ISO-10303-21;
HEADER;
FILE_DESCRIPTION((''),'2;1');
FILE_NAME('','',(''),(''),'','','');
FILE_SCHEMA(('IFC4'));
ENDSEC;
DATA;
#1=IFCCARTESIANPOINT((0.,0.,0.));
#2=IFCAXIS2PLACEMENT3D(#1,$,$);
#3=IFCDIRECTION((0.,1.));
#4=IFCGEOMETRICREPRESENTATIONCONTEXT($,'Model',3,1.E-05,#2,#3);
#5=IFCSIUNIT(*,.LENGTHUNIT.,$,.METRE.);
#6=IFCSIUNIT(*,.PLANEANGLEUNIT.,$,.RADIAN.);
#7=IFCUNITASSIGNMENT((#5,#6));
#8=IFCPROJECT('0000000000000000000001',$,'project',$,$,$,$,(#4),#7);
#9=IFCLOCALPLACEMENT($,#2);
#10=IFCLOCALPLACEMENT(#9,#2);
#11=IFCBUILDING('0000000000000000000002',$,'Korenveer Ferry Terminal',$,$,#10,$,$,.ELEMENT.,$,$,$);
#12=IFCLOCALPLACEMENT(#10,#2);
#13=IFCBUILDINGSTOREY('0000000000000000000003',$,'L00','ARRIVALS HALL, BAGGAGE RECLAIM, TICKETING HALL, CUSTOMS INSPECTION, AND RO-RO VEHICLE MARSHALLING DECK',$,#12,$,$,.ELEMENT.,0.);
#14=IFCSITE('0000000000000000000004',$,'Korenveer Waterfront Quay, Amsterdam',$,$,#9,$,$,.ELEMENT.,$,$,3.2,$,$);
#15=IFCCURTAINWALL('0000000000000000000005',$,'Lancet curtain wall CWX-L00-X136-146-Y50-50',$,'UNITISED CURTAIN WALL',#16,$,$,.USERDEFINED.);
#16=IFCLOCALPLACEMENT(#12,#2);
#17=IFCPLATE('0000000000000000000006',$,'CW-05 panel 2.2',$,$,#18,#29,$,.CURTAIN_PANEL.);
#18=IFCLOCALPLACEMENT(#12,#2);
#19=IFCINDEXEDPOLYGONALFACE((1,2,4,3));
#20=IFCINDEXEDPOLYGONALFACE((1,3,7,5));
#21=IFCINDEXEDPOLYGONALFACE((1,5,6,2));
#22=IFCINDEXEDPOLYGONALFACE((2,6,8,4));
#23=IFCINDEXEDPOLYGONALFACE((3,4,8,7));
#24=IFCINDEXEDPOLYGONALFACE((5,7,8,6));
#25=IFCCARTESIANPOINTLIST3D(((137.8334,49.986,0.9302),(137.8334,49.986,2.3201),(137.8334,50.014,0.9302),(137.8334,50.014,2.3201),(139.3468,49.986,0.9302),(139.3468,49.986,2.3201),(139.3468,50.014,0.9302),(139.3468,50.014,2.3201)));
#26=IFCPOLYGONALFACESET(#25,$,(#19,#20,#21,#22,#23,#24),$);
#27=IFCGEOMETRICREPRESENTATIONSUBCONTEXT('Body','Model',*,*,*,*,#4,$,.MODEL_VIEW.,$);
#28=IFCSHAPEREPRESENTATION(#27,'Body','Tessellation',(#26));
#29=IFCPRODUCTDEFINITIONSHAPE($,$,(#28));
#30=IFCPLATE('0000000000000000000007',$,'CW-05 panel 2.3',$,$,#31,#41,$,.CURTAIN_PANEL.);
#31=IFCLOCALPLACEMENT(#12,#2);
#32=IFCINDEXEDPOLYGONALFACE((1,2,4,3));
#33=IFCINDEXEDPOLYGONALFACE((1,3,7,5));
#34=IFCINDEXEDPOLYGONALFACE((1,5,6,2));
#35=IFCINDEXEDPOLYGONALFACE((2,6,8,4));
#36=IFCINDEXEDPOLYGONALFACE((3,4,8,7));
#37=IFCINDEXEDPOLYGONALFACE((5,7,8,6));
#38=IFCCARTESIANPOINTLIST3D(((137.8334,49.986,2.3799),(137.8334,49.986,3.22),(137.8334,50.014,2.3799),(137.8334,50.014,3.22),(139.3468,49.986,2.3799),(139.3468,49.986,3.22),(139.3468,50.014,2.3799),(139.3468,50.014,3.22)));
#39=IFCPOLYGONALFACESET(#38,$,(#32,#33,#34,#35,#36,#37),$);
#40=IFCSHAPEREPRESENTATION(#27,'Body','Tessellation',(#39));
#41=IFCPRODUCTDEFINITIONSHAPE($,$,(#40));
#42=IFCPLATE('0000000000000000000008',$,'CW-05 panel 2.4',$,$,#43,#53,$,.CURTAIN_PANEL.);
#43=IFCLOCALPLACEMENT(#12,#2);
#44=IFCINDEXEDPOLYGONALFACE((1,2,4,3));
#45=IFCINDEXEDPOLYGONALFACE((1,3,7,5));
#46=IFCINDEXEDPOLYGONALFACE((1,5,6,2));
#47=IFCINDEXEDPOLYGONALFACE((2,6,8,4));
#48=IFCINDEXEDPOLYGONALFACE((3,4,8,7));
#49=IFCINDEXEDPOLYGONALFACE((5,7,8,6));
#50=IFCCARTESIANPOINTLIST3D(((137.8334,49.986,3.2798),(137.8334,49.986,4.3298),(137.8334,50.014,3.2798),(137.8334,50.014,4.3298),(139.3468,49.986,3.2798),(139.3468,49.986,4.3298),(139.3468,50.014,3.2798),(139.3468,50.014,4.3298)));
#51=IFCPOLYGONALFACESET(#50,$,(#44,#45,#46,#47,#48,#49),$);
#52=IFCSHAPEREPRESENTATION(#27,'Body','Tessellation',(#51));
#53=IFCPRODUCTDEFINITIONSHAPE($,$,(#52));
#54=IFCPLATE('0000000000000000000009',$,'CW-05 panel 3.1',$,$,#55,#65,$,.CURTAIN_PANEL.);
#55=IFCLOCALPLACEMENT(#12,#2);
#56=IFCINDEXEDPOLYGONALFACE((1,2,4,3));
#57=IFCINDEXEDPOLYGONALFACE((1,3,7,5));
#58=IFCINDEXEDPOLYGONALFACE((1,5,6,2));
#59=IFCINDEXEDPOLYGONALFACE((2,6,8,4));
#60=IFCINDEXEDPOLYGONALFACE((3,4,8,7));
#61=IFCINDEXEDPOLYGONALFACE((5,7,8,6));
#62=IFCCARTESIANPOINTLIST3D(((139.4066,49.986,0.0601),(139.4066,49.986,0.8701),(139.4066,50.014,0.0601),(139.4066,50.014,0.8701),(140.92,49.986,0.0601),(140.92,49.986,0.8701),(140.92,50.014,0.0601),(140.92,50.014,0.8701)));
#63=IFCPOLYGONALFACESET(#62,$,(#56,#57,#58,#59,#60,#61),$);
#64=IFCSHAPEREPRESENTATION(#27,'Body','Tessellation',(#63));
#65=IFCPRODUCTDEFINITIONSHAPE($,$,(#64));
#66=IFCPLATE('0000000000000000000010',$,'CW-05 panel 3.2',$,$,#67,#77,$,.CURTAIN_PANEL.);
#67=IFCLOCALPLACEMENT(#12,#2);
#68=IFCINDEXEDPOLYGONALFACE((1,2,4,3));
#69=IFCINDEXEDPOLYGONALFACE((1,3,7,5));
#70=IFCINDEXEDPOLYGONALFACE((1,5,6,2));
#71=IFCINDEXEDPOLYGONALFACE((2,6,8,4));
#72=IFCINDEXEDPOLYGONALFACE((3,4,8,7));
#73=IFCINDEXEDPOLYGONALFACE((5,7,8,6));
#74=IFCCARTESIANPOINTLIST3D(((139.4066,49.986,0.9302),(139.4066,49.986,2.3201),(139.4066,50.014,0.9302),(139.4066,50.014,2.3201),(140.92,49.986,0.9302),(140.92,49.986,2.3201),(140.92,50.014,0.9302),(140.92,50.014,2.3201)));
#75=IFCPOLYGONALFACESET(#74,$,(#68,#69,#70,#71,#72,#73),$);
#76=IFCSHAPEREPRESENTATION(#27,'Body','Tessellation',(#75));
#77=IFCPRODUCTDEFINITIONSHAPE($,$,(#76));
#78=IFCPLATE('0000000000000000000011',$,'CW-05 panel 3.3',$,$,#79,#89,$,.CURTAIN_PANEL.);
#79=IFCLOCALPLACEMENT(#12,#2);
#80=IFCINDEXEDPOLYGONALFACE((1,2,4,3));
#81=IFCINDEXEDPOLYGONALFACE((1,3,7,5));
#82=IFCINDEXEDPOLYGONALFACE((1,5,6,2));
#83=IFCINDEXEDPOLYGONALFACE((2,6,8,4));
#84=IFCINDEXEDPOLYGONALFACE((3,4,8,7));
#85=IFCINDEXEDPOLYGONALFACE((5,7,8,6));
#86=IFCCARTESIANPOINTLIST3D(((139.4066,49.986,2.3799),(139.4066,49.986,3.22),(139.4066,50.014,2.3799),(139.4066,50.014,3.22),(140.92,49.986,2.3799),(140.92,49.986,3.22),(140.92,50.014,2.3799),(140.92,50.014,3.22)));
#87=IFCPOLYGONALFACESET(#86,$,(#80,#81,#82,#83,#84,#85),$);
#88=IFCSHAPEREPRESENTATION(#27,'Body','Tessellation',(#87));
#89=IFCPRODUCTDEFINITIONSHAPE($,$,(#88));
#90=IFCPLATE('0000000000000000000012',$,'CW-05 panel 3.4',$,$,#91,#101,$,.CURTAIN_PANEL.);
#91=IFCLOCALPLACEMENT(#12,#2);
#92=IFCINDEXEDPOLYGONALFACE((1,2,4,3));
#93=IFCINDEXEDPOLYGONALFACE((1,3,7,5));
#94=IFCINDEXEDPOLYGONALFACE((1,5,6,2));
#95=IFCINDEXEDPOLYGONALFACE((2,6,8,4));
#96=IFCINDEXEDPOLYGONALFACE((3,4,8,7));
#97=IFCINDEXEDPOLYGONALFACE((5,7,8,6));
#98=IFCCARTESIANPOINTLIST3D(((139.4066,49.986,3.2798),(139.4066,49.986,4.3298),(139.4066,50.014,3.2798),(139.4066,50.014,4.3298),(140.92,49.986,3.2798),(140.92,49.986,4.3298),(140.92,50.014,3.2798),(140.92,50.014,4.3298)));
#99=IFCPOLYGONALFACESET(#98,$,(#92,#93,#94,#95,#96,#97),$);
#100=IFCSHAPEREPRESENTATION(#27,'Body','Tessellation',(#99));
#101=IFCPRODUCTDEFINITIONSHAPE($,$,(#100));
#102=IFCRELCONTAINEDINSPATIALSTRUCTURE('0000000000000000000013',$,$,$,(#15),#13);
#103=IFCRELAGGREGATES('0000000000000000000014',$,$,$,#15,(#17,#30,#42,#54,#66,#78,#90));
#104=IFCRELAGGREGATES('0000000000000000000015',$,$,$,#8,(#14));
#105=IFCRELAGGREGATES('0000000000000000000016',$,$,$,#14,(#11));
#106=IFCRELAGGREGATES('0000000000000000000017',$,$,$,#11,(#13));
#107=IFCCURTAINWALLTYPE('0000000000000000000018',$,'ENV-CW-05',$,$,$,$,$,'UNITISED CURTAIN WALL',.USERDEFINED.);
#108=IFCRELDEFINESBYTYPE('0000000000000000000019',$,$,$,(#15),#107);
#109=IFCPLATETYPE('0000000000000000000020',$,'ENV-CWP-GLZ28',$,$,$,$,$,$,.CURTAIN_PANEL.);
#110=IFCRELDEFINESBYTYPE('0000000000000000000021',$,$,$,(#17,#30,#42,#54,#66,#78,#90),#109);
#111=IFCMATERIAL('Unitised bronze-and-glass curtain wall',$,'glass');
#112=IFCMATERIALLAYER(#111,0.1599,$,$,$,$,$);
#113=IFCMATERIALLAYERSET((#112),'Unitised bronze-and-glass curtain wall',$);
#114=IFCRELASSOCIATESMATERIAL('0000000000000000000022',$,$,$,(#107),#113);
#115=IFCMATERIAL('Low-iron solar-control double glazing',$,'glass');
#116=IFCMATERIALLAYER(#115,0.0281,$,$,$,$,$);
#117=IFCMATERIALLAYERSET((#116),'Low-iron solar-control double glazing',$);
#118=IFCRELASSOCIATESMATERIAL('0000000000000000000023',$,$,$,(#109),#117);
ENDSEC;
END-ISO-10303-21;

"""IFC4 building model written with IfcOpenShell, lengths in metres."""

from ifc_helpers import new_model, si_unit, direction, frame, origin, origin_2d, place, context, subcontext, project, spatial, rectangle, extrude, material, layer, layer_set, type_object, element, aggregate, save


model = new_model("IFC4")

# Units and contexts
model_context = context("Model", 3, precision=1e-05, world=origin(), true_north=direction((0.0, 1.0)))
body_context = subcontext(model_context, "Body", "Model", "MODEL_VIEW")
ifc_project = project(units=[si_unit("LENGTHUNIT", "METRE"), si_unit("PLANEANGLEUNIT", "RADIAN")], contexts=[model_context])

# Site, building, storey
site_placement = place(None, origin())
site = spatial("IfcSite", under=ifc_project, at=site_placement, Name="Korenveer Waterfront Quay, Amsterdam", CompositionType="ELEMENT", RefElevation=3.2)
building_placement = place(site_placement, origin())
building = spatial("IfcBuilding", under=site, at=building_placement, Name="Korenveer Ferry Terminal", CompositionType="ELEMENT")
storey_placement = place(building_placement, origin())
storey = spatial("IfcBuildingStorey", under=building, at=storey_placement, Name="L00", Description="ARRIVALS HALL, BAGGAGE RECLAIM, TICKETING HALL, CUSTOMS INSPECTION, AND RO-RO VEHICLE MARSHALLING DECK", CompositionType="ELEMENT", Elevation=0.0)

# Curtain wall, plates
ifc_material_1 = material(Name="Unitised bronze-and-glass curtain wall", Category="glass")
ifc_layer_1 = layer(ifc_material_1, 0.1599)
ifc_layer_set_1 = layer_set([ifc_layer_1], Name="Unitised bronze-and-glass curtain wall")
curtain_wall_type = type_object("IfcCurtainWallType", Name="ENV-CW-05", ElementType="UNITISED CURTAIN WALL", PredefinedType="USERDEFINED", material=ifc_layer_set_1)
curtain_wall_placement = place(storey_placement, frame((136.23, 50.0, 0.0)))
curtain_wall = element("IfcCurtainWall", 1, at=curtain_wall_placement, inside=storey, type_object=curtain_wall_type, Name="Lancet curtain wall CWX-L00-X136-146-Y50-50", ObjectType="UNITISED CURTAIN WALL", PredefinedType="USERDEFINED")
ifc_material_2 = material(Name="Low-iron solar-control double glazing", Category="glass")
ifc_layer_2 = layer(ifc_material_2, 0.0281)
ifc_layer_set_2 = layer_set([ifc_layer_2], Name="Low-iron solar-control double glazing")
plate_type = type_object("IfcPlateType", Name="ENV-CWP-GLZ28", PredefinedType="CURTAIN_PANEL", material=ifc_layer_set_2)
plate_1_placement = place(storey_placement, frame((138.5901, 50.0, 0.9302), z_axis=(0.0, 0.0, 1.0), x_axis=(1.0, 0.0, 0.0)))
plate_1 = element("IfcPlate", 2, at=plate_1_placement, type_object=plate_type, Name="CW-05 panel 2.2", PredefinedType="CURTAIN_PANEL", context=body_context, shape_type="SweptSolid", body=[
    extrude(rectangle(XDim=1.5134, YDim=0.0281, at=origin_2d()), origin(), (0.0, 0.0, 1.0), 1.3899),
])
plate_2_placement = place(storey_placement, frame((138.5901, 50.0, 2.3799), z_axis=(0.0, 0.0, 1.0), x_axis=(1.0, 0.0, 0.0)))
plate_2 = element("IfcPlate", 3, at=plate_2_placement, type_object=plate_type, Name="CW-05 panel 2.3", PredefinedType="CURTAIN_PANEL", context=body_context, shape_type="SweptSolid", body=[
    extrude(rectangle(XDim=1.5134, YDim=0.0281, at=origin_2d()), origin(), (0.0, 0.0, 1.0), 0.8401),
])
plate_3_placement = place(storey_placement, frame((138.5901, 50.0, 3.2798), z_axis=(0.0, 0.0, 1.0), x_axis=(1.0, 0.0, 0.0)))
plate_3 = element("IfcPlate", 4, at=plate_3_placement, type_object=plate_type, Name="CW-05 panel 2.4", PredefinedType="CURTAIN_PANEL", context=body_context, shape_type="SweptSolid", body=[
    extrude(rectangle(XDim=1.5134, YDim=0.0281, at=origin_2d()), origin(), (0.0, 0.0, 1.0), 1.05),
])
plate_4_placement = place(storey_placement, frame((140.1633, 50.0, 0.0601), z_axis=(0.0, 0.0, 1.0), x_axis=(1.0, 0.0, 0.0)))
plate_4 = element("IfcPlate", 5, at=plate_4_placement, type_object=plate_type, Name="CW-05 panel 3.1", PredefinedType="CURTAIN_PANEL", context=body_context, shape_type="SweptSolid", body=[
    extrude(rectangle(XDim=1.5134, YDim=0.0281, at=origin_2d()), origin(), (0.0, 0.0, 1.0), 0.8101),
])
plate_5_placement = place(storey_placement, frame((140.1633, 50.0, 0.9302), z_axis=(0.0, 0.0, 1.0), x_axis=(1.0, 0.0, 0.0)))
plate_5 = element("IfcPlate", 6, at=plate_5_placement, type_object=plate_type, Name="CW-05 panel 3.2", PredefinedType="CURTAIN_PANEL", context=body_context, shape_type="SweptSolid", body=[
    extrude(rectangle(XDim=1.5134, YDim=0.0281, at=origin_2d()), origin(), (0.0, 0.0, 1.0), 1.3899),
])
plate_6_placement = place(storey_placement, frame((140.1633, 50.0, 2.3799), z_axis=(0.0, 0.0, 1.0), x_axis=(1.0, 0.0, 0.0)))
plate_6 = element("IfcPlate", 7, at=plate_6_placement, type_object=plate_type, Name="CW-05 panel 3.3", PredefinedType="CURTAIN_PANEL", context=body_context, shape_type="SweptSolid", body=[
    extrude(rectangle(XDim=1.5134, YDim=0.0281, at=origin_2d()), origin(), (0.0, 0.0, 1.0), 0.8401),
])
plate_7_placement = place(storey_placement, frame((140.1633, 50.0, 3.2798), z_axis=(0.0, 0.0, 1.0), x_axis=(1.0, 0.0, 0.0)))
plate_7 = element("IfcPlate", 8, at=plate_7_placement, type_object=plate_type, Name="CW-05 panel 3.4", PredefinedType="CURTAIN_PANEL", context=body_context, shape_type="SweptSolid", body=[
    extrude(rectangle(XDim=1.5134, YDim=0.0281, at=origin_2d()), origin(), (0.0, 0.0, 1.0), 1.05),
])
aggregate(curtain_wall, [plate_1, plate_2, plate_3, plate_4, plate_5, plate_6, plate_7])

save(model, "model.ifc")
